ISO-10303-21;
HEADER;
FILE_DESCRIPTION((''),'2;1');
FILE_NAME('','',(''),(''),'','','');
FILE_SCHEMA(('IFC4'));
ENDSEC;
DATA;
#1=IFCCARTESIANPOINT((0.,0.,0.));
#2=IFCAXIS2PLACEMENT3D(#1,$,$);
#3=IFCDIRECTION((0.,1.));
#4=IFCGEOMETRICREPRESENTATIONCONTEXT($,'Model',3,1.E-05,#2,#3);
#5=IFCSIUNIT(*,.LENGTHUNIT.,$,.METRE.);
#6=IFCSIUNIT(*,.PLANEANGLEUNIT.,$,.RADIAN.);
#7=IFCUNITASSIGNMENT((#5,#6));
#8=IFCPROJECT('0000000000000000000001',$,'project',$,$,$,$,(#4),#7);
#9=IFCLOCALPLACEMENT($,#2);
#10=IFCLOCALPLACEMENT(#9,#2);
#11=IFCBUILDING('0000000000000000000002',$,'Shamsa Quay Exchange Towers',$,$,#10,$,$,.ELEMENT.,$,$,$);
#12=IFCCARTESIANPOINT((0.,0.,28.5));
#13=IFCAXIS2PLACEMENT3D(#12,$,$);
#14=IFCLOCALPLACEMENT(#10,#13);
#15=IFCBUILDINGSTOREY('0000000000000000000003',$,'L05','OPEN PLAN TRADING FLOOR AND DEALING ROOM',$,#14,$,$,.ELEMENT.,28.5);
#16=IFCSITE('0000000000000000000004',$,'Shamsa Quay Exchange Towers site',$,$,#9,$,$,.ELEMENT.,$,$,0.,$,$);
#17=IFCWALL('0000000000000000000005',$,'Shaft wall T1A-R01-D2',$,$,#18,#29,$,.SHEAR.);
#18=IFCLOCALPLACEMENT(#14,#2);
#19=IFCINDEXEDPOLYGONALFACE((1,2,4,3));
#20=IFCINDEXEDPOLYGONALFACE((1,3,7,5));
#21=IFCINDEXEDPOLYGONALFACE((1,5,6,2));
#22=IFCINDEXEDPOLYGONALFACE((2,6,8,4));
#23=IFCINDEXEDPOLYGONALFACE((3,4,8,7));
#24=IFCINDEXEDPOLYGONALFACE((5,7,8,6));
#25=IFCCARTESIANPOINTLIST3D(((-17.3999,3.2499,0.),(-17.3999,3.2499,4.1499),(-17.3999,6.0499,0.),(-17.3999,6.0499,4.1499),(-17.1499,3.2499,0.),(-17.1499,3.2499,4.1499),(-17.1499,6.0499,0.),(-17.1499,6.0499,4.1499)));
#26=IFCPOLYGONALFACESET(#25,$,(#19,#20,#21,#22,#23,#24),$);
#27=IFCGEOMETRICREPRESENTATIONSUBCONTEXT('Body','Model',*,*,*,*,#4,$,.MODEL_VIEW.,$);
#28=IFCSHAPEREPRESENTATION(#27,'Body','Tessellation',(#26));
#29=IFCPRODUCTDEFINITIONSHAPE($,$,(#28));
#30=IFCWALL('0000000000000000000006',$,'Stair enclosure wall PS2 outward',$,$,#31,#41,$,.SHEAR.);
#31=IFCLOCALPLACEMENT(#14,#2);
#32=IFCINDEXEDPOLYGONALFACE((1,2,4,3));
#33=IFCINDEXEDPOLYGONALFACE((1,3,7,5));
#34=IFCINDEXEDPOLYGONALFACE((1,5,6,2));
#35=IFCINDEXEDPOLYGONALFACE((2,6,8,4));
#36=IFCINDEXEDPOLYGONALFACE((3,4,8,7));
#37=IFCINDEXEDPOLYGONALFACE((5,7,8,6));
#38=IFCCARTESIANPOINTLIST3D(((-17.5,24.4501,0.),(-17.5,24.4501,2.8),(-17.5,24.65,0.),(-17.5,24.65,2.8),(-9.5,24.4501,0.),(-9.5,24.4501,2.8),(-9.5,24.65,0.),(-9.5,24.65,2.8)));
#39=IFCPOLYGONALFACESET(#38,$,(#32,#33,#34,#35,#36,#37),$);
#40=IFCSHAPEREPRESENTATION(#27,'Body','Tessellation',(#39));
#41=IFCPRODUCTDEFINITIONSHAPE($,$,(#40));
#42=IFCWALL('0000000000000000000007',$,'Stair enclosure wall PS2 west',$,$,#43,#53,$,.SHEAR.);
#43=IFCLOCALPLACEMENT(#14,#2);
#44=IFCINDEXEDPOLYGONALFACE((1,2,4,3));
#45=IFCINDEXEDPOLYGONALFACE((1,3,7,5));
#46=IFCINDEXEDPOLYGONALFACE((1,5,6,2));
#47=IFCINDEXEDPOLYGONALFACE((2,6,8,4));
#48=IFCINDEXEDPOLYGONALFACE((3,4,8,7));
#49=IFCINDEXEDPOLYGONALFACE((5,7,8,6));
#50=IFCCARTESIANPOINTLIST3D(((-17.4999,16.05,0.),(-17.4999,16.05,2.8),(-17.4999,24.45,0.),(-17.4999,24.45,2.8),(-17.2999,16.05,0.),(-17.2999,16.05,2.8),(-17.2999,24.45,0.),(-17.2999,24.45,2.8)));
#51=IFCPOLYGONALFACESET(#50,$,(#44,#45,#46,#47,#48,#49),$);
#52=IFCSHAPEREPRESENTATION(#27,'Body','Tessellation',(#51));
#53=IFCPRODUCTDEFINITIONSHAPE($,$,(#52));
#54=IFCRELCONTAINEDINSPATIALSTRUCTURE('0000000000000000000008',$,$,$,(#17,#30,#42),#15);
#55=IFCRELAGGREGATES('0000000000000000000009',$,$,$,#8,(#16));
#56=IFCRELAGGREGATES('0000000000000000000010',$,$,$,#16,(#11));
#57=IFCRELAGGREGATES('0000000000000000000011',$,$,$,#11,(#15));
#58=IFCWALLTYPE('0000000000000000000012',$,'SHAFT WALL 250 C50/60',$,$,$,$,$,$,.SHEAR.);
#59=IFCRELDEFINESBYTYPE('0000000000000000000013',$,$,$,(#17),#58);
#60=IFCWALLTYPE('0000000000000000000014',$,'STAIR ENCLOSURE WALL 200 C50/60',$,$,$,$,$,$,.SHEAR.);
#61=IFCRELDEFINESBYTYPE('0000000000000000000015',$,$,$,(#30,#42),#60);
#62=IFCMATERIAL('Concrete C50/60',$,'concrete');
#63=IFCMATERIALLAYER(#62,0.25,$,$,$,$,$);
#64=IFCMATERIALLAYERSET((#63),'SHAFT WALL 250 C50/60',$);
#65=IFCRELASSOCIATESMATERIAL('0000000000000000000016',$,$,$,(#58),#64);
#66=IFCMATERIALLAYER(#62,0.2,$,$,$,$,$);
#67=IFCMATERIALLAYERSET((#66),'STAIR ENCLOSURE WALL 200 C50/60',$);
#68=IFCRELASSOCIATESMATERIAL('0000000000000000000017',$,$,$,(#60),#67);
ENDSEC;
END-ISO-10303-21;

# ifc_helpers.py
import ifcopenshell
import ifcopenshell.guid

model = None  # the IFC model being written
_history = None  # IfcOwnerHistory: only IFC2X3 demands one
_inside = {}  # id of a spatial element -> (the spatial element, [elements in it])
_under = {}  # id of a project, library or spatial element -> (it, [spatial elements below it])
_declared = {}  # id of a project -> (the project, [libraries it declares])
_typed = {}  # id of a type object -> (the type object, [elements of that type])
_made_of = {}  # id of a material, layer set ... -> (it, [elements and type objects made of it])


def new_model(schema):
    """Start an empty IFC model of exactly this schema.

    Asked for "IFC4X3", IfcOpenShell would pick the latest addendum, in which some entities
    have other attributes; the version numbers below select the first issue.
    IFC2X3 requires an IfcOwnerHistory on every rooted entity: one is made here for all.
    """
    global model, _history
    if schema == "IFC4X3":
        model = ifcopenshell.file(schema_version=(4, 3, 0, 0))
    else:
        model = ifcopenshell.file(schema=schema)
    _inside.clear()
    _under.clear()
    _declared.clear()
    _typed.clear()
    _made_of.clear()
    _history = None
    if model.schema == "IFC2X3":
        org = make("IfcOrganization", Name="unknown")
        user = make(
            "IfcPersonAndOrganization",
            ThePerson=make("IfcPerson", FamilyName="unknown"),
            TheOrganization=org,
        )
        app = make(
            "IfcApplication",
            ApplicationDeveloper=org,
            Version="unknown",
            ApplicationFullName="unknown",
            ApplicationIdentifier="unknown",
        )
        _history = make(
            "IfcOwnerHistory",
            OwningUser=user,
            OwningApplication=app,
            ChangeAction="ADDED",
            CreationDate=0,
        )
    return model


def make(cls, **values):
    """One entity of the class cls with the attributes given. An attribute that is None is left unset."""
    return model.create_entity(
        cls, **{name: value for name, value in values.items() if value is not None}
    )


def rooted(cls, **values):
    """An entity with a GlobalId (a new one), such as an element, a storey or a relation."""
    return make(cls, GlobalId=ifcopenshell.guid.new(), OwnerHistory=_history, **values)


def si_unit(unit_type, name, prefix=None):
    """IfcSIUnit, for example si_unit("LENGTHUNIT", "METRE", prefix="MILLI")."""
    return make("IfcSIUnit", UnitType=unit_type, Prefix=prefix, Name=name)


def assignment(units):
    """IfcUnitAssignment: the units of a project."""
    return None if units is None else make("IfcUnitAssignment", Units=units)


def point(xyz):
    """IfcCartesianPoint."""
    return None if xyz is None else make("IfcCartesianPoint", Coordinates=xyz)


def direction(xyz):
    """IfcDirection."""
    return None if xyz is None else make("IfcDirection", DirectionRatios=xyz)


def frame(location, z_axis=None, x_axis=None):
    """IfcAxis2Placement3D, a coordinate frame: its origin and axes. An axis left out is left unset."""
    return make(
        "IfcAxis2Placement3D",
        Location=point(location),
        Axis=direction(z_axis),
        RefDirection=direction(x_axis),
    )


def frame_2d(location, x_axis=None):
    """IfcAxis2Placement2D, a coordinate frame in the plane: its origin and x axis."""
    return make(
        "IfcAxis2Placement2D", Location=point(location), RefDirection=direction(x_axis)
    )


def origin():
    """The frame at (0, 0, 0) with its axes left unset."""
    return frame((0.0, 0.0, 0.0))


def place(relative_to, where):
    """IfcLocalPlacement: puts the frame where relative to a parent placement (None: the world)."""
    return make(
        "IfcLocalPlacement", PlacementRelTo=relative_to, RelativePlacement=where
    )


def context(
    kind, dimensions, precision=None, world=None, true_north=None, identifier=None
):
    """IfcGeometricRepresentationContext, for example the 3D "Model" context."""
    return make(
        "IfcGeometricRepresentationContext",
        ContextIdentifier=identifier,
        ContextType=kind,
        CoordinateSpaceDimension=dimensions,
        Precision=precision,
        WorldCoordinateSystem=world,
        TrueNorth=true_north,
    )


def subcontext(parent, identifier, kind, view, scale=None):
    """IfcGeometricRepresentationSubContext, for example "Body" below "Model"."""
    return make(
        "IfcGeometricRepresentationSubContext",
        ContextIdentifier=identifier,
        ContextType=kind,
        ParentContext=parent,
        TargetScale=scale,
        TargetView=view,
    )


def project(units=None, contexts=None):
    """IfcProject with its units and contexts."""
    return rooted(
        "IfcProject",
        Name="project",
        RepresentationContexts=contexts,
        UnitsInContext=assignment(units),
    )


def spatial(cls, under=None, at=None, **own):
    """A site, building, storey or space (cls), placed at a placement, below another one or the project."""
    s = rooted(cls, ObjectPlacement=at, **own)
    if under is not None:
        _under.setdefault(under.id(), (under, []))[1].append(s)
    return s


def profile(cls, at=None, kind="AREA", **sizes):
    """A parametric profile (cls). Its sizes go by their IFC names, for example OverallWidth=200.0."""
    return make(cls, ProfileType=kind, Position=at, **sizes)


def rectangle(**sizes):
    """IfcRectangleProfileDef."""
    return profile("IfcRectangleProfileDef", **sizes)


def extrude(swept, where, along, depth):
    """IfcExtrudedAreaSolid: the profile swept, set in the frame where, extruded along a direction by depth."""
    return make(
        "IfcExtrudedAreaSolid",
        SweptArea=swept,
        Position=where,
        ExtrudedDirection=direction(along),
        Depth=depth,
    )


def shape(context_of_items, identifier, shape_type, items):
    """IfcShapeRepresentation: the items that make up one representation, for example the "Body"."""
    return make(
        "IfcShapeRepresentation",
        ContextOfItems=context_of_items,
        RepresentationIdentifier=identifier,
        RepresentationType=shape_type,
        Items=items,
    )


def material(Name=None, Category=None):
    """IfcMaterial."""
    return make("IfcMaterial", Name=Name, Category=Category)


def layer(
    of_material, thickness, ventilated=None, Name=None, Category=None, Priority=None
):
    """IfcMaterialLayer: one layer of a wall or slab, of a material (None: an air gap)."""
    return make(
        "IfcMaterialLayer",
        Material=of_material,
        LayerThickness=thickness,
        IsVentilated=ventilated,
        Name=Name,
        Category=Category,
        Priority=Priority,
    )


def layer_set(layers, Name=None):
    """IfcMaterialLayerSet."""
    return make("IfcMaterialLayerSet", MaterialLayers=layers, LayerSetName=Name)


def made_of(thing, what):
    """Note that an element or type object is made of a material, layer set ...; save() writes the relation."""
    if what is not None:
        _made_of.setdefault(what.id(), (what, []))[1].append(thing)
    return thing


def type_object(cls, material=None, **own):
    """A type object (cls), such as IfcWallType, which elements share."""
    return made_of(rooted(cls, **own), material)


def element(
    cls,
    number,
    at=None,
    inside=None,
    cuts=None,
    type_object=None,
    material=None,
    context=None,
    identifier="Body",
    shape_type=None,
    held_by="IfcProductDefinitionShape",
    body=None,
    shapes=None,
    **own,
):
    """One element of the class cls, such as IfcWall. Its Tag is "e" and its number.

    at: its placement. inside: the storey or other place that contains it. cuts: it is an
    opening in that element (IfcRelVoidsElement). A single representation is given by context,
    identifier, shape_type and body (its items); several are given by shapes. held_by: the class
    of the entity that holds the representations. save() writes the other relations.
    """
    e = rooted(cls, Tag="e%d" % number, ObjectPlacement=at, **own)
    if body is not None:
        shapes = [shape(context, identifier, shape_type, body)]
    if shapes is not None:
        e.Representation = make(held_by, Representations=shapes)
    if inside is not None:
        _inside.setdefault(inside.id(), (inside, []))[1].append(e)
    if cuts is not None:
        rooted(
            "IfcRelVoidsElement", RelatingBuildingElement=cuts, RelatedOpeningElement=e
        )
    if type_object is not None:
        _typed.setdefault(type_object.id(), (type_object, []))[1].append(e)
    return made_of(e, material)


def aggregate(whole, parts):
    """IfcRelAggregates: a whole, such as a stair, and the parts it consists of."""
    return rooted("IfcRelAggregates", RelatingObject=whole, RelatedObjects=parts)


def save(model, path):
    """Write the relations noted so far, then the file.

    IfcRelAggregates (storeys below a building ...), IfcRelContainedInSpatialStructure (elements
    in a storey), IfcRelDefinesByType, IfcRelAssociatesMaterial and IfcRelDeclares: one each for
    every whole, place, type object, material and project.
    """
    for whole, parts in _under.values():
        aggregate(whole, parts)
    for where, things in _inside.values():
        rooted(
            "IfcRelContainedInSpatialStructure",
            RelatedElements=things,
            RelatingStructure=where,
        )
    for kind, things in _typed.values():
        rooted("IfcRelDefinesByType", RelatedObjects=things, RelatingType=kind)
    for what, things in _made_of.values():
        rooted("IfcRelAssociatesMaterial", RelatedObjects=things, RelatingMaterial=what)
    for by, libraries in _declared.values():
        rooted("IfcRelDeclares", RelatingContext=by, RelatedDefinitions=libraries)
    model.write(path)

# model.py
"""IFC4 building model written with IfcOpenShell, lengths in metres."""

from ifc_helpers import new_model, si_unit, direction, frame, frame_2d, origin, place, context, subcontext, project, spatial, rectangle, extrude, material, layer, layer_set, type_object, element, save


model = new_model("IFC4")

# Units and contexts
model_context = context("Model", 3, precision=1e-05, world=origin(), true_north=direction((0.0, 1.0)))
body_context = subcontext(model_context, "Body", "Model", "MODEL_VIEW")
ifc_project = project(units=[si_unit("LENGTHUNIT", "METRE"), si_unit("PLANEANGLEUNIT", "RADIAN")], contexts=[model_context])

# Site, building, storey
site_placement = place(None, origin())
site = spatial("IfcSite", under=ifc_project, at=site_placement, Name="Shamsa Quay Exchange Towers site", CompositionType="ELEMENT", RefElevation=0.0)
building_placement = place(site_placement, origin())
building = spatial("IfcBuilding", under=site, at=building_placement, Name="Shamsa Quay Exchange Towers", CompositionType="ELEMENT")
storey_placement = place(building_placement, frame((0.0, 0.0, 28.5)))
storey = spatial("IfcBuildingStorey", under=building, at=storey_placement, Name="L05", Description="OPEN PLAN TRADING FLOOR AND DEALING ROOM", CompositionType="ELEMENT", Elevation=28.5)

# Shared definitions
ifc_material_1 = material(Name="Concrete C50/60", Category="concrete")
ifc_layer_1 = layer(ifc_material_1, 0.25)
ifc_layer_set_1 = layer_set([ifc_layer_1], Name="SHAFT WALL 250 C50/60")
wall_type_1 = type_object("IfcWallType", Name="SHAFT WALL 250 C50/60", PredefinedType="SHEAR", material=ifc_layer_set_1)

# Wall
for number, where, z_axis, x_axis, name in (
    (1, (-17.2749, 3.25, 0.0), (0.0, 0.0, 1.0), (0.0, 1.0, 0.0), "Shaft wall T1A-R01-D2"),
):
    element("IfcWall", number, at=place(storey_placement, frame(where, z_axis=z_axis, x_axis=x_axis)), inside=storey, type_object=wall_type_1, Name=name, PredefinedType="SHEAR", context=body_context, shape_type="SweptSolid", body=[
        extrude(rectangle(XDim=2.8, YDim=0.25, at=frame_2d((1.3999, 0.0))), origin(), (0.0, 0.0, 1.0), 4.1499),
    ])

# Shared definitions
ifc_layer_2 = layer(ifc_material_1, 0.2)
ifc_layer_set_2 = layer_set([ifc_layer_2], Name="STAIR ENCLOSURE WALL 200 C50/60")
wall_type_2 = type_object("IfcWallType", Name="STAIR ENCLOSURE WALL 200 C50/60", PredefinedType="SHEAR", material=ifc_layer_set_2)

# Walls
wall_1_placement = place(storey_placement, frame((-17.5, 24.55, 0.0)))
element("IfcWall", 2, at=wall_1_placement, inside=storey, type_object=wall_type_2, Name="Stair enclosure wall PS2 outward", PredefinedType="SHEAR", context=body_context, shape_type="SweptSolid", body=[
    extrude(rectangle(XDim=8.0, YDim=0.2, at=frame_2d((4.0, 0.0))), origin(), (0.0, 0.0, 1.0), 2.8),
])
wall_2_placement = place(storey_placement, frame((-17.3999, 16.05, 0.0), z_axis=(0.0, 0.0, 1.0), x_axis=(0.0, 1.0, 0.0)))
element("IfcWall", 3, at=wall_2_placement, inside=storey, type_object=wall_type_2, Name="Stair enclosure wall PS2 west", PredefinedType="SHEAR", context=body_context, shape_type="SweptSolid", body=[
    extrude(rectangle(XDim=8.3999, YDim=0.2, at=frame_2d((4.2, 0.0))), origin(), (0.0, 0.0, 1.0), 2.8),
])

save(model, "model.ifc")
